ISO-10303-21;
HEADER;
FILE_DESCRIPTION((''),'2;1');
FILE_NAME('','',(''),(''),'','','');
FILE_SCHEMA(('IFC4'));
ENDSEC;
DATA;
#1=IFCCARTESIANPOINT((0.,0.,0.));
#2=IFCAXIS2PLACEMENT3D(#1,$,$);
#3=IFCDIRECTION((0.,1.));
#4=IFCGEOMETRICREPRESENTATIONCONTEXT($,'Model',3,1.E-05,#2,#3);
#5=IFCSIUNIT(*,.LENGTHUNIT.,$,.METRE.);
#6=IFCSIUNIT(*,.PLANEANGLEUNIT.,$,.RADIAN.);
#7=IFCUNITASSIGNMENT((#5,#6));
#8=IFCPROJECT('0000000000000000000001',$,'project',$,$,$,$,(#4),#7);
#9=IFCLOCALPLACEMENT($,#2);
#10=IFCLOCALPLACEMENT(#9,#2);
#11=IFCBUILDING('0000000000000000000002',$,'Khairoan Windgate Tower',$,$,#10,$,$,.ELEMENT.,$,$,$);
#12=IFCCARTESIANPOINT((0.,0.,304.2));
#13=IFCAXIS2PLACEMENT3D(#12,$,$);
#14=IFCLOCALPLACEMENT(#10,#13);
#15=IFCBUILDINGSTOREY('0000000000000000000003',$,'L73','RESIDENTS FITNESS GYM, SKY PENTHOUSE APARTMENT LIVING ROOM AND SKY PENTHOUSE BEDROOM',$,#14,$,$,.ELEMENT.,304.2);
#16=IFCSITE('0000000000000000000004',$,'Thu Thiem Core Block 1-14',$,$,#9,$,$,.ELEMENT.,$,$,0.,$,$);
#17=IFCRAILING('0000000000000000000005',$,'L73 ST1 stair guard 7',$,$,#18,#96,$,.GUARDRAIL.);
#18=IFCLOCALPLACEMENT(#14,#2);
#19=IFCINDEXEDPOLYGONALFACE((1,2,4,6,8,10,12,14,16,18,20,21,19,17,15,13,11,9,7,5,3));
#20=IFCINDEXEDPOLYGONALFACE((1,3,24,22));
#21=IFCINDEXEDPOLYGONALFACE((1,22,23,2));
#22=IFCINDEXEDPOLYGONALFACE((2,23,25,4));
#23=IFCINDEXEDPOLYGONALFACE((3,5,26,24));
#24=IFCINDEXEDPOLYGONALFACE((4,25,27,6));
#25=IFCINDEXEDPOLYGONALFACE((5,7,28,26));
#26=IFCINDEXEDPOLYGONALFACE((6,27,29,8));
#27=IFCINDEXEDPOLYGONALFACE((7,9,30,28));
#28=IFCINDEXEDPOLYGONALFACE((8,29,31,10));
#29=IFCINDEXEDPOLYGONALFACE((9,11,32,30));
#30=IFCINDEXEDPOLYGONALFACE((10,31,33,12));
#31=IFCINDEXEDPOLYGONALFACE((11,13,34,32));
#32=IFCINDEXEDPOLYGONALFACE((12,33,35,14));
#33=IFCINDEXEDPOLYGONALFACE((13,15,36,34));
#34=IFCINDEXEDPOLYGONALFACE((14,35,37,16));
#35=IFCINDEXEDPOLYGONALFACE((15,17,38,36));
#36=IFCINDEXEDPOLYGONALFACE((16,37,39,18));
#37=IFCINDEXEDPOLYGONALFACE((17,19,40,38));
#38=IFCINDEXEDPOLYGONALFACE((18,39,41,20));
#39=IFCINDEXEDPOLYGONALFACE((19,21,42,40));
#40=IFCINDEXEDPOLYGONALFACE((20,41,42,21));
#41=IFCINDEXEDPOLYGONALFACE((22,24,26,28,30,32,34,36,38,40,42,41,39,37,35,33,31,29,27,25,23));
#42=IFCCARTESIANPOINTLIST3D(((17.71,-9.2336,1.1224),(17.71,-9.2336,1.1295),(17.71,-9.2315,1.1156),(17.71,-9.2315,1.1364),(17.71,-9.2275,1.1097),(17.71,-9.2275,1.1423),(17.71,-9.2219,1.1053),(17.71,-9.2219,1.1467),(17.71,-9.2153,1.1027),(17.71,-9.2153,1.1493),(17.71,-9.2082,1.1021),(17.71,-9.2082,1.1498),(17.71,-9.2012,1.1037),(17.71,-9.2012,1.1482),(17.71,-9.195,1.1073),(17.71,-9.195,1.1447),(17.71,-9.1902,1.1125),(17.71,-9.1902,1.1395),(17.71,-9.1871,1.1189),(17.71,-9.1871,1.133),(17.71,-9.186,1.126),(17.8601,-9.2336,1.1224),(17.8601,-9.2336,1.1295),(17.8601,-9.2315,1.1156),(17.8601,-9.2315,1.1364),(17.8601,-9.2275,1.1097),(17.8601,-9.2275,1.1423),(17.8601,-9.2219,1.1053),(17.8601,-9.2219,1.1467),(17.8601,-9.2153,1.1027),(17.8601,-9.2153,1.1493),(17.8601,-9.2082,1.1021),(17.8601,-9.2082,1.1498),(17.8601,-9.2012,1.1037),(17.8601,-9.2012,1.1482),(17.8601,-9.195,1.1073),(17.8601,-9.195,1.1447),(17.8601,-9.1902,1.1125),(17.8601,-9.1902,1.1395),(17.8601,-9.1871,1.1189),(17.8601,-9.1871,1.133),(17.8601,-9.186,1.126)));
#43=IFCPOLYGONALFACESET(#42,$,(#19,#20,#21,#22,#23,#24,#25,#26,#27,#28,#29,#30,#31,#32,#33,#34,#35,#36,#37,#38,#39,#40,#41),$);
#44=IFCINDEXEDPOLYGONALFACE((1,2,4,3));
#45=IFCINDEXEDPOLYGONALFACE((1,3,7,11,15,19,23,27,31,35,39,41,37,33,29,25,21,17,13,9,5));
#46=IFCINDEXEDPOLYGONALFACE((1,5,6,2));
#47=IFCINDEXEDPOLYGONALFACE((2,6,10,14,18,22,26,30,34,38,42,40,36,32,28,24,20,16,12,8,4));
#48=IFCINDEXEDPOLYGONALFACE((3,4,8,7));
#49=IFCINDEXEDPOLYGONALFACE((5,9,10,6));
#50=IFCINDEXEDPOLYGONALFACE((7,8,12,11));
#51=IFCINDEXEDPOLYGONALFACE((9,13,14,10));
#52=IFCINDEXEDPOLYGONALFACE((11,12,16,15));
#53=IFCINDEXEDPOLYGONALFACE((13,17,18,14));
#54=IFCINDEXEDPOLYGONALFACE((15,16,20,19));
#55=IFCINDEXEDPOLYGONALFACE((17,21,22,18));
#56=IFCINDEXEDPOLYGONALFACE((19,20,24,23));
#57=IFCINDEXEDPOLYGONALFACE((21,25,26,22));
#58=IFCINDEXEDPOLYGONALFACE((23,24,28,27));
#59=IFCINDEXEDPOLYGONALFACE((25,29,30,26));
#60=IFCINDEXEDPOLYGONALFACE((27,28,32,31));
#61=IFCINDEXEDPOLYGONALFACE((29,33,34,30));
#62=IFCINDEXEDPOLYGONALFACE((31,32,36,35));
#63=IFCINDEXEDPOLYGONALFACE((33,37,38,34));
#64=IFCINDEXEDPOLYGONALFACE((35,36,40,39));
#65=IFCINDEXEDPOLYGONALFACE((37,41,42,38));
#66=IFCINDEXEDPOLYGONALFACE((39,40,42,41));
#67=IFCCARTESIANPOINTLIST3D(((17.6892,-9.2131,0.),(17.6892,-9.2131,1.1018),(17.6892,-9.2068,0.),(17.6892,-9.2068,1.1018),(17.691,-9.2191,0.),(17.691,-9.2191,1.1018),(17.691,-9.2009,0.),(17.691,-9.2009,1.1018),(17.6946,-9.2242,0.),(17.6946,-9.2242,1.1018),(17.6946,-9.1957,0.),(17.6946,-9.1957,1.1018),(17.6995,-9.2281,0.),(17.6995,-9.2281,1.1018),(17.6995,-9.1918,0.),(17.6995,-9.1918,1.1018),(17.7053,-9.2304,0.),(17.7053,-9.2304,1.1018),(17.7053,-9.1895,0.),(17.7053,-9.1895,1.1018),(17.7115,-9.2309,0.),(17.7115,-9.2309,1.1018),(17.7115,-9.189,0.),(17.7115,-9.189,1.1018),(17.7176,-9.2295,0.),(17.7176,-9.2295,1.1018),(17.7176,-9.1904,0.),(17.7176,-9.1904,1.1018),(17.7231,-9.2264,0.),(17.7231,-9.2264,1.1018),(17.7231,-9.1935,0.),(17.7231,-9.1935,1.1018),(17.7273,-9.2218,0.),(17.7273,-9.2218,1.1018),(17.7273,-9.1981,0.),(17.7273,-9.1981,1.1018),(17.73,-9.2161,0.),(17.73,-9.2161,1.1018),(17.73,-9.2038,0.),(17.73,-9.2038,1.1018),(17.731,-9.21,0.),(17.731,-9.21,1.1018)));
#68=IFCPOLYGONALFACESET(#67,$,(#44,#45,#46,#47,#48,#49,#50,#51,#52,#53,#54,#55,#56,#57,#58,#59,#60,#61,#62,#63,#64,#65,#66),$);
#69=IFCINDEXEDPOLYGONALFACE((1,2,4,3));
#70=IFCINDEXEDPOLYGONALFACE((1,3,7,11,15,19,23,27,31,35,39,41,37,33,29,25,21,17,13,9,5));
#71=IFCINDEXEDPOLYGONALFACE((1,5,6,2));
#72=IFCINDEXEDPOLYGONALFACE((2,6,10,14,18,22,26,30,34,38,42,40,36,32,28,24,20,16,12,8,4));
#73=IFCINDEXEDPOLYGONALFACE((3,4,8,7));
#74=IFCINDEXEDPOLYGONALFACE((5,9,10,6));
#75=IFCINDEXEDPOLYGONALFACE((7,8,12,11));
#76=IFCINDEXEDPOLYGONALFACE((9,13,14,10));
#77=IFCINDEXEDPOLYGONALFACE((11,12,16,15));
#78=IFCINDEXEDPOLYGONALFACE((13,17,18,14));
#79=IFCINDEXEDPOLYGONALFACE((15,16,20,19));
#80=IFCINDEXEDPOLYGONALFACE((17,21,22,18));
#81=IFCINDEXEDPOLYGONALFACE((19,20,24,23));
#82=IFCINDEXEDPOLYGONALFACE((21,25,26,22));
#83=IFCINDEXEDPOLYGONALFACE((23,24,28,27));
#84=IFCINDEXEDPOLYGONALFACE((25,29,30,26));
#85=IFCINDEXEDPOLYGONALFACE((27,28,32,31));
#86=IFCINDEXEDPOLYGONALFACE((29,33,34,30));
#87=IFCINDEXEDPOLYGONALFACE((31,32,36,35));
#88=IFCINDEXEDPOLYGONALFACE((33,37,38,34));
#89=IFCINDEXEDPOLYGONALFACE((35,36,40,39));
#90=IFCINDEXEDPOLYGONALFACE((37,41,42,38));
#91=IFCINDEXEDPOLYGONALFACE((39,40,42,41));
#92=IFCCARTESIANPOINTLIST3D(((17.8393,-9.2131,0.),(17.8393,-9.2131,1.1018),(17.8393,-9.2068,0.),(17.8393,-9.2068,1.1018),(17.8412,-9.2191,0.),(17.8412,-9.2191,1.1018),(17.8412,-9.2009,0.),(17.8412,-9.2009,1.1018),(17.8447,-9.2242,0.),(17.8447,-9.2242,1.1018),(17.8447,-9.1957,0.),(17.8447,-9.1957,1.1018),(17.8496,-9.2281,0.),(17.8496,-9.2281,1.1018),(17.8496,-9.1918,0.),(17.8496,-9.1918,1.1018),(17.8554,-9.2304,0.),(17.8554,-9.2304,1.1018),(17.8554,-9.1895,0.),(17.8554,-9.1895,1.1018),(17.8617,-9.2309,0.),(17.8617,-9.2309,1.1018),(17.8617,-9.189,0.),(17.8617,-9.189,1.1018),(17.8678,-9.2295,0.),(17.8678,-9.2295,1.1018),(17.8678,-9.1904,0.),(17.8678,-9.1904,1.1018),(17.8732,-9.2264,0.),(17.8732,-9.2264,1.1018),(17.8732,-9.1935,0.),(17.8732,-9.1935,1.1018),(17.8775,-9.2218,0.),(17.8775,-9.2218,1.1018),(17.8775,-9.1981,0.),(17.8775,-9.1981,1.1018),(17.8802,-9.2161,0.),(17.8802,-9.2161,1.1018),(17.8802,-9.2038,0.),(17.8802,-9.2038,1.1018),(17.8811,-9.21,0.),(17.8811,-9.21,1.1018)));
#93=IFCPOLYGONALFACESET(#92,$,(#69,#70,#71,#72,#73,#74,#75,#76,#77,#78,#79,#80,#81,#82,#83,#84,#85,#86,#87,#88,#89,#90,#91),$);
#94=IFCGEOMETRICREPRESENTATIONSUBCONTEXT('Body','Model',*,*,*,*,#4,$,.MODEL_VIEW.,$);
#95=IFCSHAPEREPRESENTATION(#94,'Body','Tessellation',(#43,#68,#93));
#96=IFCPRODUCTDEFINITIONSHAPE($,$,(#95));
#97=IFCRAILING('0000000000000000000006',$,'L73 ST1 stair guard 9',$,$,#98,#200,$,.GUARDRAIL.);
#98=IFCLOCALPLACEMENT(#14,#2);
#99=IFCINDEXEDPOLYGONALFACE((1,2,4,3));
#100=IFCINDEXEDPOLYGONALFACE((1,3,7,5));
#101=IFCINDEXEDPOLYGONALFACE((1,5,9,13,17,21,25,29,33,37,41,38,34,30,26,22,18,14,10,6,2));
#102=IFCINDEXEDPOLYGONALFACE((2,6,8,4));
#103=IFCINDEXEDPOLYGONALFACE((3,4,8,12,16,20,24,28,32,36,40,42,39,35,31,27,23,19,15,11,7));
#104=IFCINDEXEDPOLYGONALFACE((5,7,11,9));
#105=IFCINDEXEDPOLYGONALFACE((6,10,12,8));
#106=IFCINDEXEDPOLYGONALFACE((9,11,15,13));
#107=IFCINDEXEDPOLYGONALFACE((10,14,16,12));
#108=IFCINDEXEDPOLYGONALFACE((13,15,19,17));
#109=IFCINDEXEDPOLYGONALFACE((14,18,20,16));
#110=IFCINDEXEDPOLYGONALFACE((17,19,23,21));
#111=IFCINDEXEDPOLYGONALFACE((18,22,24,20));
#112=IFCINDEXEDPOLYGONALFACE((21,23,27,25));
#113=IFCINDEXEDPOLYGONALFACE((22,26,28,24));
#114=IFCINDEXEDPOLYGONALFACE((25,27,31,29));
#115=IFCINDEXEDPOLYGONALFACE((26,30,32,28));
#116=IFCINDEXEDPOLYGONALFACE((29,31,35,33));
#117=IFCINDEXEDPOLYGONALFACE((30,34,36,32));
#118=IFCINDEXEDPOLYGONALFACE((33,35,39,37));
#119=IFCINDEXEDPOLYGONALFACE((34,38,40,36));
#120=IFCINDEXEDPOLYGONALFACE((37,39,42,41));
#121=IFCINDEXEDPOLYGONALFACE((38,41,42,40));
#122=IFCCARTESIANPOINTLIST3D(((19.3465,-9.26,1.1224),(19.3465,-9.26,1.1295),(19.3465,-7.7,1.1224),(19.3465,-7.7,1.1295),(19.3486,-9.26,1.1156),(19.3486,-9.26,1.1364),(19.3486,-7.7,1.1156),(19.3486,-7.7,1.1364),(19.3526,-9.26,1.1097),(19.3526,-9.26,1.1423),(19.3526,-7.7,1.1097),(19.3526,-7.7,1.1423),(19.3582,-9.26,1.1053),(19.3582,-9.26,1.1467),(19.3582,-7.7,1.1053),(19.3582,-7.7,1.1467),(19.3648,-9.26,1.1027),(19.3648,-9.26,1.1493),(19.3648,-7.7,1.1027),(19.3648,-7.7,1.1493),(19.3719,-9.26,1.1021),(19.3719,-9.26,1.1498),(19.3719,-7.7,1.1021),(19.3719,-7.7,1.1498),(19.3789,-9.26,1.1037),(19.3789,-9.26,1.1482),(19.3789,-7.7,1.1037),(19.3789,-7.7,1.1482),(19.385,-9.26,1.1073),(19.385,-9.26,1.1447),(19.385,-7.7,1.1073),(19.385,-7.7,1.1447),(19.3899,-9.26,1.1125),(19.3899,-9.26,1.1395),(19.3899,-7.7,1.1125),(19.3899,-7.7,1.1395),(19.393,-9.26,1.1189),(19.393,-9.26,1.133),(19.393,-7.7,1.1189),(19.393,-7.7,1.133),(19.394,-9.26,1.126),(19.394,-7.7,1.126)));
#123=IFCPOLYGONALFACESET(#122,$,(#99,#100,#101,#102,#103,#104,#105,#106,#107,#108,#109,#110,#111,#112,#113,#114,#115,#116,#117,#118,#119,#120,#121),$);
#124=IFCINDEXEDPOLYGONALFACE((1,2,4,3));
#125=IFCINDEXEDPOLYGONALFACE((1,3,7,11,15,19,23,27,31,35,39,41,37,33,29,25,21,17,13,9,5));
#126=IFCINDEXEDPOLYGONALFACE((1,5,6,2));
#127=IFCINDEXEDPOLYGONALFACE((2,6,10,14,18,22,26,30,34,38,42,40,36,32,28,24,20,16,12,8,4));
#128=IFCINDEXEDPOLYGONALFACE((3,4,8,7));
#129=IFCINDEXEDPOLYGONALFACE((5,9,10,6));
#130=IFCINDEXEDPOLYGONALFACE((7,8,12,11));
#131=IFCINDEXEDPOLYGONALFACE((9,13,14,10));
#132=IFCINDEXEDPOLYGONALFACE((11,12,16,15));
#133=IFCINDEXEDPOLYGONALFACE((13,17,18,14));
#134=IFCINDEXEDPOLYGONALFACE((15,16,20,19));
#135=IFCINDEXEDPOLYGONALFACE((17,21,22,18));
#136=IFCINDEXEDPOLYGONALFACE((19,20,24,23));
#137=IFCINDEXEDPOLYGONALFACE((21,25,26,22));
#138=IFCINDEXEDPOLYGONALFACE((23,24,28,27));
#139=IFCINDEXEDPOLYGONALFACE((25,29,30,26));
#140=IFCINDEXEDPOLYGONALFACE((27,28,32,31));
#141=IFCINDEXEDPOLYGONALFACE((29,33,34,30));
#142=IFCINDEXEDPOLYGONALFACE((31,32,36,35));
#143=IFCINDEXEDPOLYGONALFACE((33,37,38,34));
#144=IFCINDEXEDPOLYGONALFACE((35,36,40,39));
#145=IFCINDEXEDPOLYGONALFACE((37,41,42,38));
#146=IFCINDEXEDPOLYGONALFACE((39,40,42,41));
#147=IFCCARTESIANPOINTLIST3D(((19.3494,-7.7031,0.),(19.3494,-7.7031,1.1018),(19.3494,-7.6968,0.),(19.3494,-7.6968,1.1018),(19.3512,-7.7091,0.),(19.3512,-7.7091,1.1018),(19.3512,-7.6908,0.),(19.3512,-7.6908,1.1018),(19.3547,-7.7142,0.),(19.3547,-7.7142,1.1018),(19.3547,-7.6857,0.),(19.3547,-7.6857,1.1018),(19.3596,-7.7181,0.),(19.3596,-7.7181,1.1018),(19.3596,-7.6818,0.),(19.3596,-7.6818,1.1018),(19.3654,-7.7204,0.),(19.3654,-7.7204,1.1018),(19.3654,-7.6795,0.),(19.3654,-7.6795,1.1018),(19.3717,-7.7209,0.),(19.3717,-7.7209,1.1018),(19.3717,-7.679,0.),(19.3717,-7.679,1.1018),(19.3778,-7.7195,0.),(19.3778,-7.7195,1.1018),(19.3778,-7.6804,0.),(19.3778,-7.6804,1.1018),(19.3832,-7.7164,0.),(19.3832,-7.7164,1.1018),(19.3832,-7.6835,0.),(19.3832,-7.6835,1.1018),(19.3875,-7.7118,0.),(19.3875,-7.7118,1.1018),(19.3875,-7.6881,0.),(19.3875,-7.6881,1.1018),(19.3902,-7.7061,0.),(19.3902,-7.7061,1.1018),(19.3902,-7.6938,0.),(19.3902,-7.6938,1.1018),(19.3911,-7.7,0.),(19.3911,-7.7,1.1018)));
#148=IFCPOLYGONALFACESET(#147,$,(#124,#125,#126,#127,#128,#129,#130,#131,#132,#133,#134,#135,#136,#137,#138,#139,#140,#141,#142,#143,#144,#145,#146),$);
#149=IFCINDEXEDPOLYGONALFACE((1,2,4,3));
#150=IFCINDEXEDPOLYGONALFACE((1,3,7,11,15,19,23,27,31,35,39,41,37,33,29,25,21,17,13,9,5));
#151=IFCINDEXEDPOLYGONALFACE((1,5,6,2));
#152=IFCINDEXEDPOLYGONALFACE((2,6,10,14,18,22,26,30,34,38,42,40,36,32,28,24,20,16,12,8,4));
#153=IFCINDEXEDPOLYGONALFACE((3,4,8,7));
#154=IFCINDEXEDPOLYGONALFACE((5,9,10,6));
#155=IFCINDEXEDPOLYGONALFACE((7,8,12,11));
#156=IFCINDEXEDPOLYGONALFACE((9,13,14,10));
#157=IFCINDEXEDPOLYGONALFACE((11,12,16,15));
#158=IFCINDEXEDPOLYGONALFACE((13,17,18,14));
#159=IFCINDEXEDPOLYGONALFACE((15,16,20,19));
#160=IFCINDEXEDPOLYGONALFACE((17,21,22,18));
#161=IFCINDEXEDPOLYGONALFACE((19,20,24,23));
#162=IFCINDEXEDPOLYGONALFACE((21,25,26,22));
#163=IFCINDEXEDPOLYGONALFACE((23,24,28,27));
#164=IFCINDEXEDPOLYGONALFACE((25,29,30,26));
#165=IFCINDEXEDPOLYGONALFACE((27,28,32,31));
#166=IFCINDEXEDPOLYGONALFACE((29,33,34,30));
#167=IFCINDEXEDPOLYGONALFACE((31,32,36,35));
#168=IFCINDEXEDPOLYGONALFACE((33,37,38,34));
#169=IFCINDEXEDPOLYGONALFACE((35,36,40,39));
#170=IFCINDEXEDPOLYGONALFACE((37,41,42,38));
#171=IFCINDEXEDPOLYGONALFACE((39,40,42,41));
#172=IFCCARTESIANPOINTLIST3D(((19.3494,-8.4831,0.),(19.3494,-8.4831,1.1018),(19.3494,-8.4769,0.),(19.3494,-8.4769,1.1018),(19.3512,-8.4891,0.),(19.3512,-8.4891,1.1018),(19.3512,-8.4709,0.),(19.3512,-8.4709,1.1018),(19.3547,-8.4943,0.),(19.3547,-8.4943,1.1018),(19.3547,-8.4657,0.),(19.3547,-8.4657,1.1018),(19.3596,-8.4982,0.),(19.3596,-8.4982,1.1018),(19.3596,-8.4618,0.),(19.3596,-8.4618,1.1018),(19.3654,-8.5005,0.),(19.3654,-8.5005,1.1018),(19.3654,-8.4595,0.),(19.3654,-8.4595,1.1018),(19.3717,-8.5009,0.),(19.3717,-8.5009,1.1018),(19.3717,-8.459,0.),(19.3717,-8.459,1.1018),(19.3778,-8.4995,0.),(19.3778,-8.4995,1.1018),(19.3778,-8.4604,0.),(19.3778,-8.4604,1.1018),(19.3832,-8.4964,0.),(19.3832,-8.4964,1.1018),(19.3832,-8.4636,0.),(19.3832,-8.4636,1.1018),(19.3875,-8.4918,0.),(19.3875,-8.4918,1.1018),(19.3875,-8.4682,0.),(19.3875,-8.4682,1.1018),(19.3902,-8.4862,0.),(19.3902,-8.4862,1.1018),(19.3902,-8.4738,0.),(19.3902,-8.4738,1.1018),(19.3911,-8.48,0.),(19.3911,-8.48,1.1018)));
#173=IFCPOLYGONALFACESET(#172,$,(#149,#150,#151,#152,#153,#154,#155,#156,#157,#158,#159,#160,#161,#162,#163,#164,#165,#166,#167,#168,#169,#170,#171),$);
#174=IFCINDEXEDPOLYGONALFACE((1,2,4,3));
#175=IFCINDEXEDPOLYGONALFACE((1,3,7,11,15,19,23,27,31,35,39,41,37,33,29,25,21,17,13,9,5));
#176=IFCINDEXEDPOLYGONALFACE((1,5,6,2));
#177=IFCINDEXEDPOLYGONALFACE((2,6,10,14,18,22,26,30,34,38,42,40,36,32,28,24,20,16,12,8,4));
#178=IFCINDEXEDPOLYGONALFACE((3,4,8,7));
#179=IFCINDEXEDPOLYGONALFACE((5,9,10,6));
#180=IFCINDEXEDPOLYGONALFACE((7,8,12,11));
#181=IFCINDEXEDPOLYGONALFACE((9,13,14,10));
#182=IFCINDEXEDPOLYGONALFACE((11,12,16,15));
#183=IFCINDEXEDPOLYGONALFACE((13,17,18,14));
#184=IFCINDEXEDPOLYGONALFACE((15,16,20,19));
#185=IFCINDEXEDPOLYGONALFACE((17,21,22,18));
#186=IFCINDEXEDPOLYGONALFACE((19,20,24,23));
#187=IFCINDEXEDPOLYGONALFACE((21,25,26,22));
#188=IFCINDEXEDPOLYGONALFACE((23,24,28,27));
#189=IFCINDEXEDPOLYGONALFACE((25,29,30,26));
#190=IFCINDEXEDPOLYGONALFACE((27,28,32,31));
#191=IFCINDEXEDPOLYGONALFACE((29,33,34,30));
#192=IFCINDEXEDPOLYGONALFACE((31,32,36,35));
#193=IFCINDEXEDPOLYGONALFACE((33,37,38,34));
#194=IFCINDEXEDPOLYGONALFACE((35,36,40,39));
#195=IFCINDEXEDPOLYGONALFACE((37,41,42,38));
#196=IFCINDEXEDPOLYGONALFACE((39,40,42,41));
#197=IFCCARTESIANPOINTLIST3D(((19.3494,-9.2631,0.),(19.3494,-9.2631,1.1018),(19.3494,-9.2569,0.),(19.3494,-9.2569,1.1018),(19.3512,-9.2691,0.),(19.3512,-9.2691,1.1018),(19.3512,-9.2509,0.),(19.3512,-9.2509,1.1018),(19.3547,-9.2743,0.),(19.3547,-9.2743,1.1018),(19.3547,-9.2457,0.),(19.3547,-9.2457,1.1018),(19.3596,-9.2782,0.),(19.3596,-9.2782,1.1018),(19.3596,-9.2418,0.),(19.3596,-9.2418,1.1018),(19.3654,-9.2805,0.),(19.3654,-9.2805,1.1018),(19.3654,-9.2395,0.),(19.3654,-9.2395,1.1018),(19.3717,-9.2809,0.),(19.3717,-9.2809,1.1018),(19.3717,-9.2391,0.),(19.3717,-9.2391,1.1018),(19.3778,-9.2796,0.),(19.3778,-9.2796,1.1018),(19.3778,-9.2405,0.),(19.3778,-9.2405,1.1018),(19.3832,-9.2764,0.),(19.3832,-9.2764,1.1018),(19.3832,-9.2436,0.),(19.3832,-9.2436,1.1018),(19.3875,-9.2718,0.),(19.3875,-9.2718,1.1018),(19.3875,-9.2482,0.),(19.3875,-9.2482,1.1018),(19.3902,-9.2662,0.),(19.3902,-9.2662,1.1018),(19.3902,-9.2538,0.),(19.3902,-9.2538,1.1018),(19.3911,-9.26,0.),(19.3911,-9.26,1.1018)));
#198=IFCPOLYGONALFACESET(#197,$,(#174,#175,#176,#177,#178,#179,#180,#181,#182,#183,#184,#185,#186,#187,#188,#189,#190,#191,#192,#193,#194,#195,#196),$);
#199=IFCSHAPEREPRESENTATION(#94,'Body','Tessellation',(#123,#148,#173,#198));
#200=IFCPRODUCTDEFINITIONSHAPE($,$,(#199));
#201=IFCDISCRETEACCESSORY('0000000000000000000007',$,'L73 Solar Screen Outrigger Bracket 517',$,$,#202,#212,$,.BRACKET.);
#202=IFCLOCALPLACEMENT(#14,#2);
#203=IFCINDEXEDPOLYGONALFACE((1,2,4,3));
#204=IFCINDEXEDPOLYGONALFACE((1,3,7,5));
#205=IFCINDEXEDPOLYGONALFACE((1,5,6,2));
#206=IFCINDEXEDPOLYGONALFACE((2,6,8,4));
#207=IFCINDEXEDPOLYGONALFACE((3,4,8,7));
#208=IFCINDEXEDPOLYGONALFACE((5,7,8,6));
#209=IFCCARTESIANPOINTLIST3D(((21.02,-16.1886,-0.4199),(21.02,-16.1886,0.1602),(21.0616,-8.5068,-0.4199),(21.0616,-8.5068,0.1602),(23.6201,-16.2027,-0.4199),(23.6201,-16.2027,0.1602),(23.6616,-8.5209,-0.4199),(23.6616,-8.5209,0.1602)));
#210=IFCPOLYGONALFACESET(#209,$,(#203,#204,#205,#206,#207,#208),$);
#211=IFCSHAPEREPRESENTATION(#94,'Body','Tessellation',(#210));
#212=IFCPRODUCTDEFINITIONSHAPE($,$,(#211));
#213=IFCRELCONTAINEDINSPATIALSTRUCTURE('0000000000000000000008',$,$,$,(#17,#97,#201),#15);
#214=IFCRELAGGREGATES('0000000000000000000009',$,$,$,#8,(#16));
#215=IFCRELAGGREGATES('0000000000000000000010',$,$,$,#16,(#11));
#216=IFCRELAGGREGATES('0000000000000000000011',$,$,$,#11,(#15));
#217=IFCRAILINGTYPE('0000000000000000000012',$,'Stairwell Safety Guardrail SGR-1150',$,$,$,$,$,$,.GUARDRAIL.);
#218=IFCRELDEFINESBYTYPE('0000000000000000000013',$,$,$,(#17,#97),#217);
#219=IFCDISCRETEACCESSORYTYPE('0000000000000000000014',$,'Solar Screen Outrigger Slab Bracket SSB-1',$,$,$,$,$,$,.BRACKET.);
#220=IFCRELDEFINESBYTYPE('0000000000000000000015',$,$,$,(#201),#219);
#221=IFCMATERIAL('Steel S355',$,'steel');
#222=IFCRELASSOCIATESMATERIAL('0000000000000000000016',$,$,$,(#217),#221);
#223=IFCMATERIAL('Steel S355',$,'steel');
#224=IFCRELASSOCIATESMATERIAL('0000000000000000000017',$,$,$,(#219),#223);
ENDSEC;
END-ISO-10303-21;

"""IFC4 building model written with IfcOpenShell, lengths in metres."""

from ifc_helpers import new_model, si_unit, direction, frame, origin, origin_2d, place, context, subcontext, project, spatial, rectangle, circle, extrude, material, type_object, element, save


model = new_model("IFC4")

# Units and contexts
model_context = context("Model", 3, precision=1e-05, world=origin(), true_north=direction((0.0, 1.0)))
body_context = subcontext(model_context, "Body", "Model", "MODEL_VIEW")
ifc_project = project(units=[si_unit("LENGTHUNIT", "METRE"), si_unit("PLANEANGLEUNIT", "RADIAN")], contexts=[model_context])

# Site, building, storey
site_placement = place(None, origin())
site = spatial("IfcSite", under=ifc_project, at=site_placement, Name="Thu Thiem Core Block 1-14", CompositionType="ELEMENT", RefElevation=0.0)
building_placement = place(site_placement, origin())
building = spatial("IfcBuilding", under=site, at=building_placement, Name="Khairoan Windgate Tower", CompositionType="ELEMENT")
storey_placement = place(building_placement, frame((0.0, 0.0, 304.2)))
storey = spatial("IfcBuildingStorey", under=building, at=storey_placement, Name="L73", Description="RESIDENTS FITNESS GYM, SKY PENTHOUSE APARTMENT LIVING ROOM AND SKY PENTHOUSE BEDROOM", CompositionType="ELEMENT", Elevation=304.2)

# Railings
ifc_material_1 = material(Name="Steel S355", Category="steel")
railing_type_1 = type_object("IfcRailingType", Name="Stairwell Safety Guardrail SGR-1150", PredefinedType="GUARDRAIL", material=ifc_material_1)
railing_1_placement = place(storey_placement, frame((17.71, -9.21, 0.0)))
element("IfcRailing", 1, at=railing_1_placement, inside=storey, type_object=railing_type_1, Name="L73 ST1 stair guard 7", PredefinedType="GUARDRAIL", context=body_context, shape_type="SweptSolid", body=[
    extrude(circle(Radius=0.0239, at=origin_2d()), frame((0.0, 0.0, 1.126), z_axis=(1.0, 0.0, 0.0), x_axis=(0.0, 1.0, 0.0)), (0.0, 0.0, 1.0), 0.1501),
    extrude(circle(Radius=0.021, at=origin_2d()), origin(), (0.0, 0.0, 1.0), 1.1018),
    extrude(circle(Radius=0.021, at=origin_2d()), frame((0.1501, 0.0, 0.0)), (0.0, 0.0, 1.0), 1.1018),
])
railing_2_placement = place(storey_placement, frame((19.3701, -7.7, 0.0)))
element("IfcRailing", 2, at=railing_2_placement, inside=storey, type_object=railing_type_1, Name="L73 ST1 stair guard 9", PredefinedType="GUARDRAIL", context=body_context, shape_type="SweptSolid", body=[
    extrude(circle(Radius=0.0239, at=origin_2d()), frame((0.0, 0.0, 1.126), z_axis=(0.0, -1.0, 0.0), x_axis=(1.0, 0.0, 0.0)), (0.0, 0.0, 1.0), 1.5601),
    extrude(circle(Radius=0.021, at=origin_2d()), origin(), (0.0, 0.0, 1.0), 1.1018),
    extrude(circle(Radius=0.021, at=origin_2d()), frame((0.0, -0.78, 0.0)), (0.0, 0.0, 1.0), 1.1018),
    extrude(circle(Radius=0.021, at=origin_2d()), frame((0.0, -1.5601, 0.0)), (0.0, 0.0, 1.0), 1.1018),
])

# Discrete accessory
ifc_material_2 = material(Name="Steel S355", Category="steel")
discrete_accessory_type = type_object("IfcDiscreteAccessoryType", Name="Solar Screen Outrigger Slab Bracket SSB-1", PredefinedType="BRACKET", material=ifc_material_2)
discrete_accessory_placement = place(storey_placement, frame((22.3408, -12.3547, -0.4199), z_axis=(0.0, 0.0, 1.0), x_axis=(-0.00541, -0.999985, 0.0)))
element("IfcDiscreteAccessory", 3, at=discrete_accessory_placement, inside=storey, type_object=discrete_accessory_type, Name="L73 Solar Screen Outrigger Bracket 517", PredefinedType="BRACKET", context=body_context, shape_type="SweptSolid", body=[
    extrude(rectangle(XDim=7.6819, YDim=2.6001, at=origin_2d()), origin(), (0.0, 0.0, 1.0), 0.5801),
])

save(model, "model.ifc")
